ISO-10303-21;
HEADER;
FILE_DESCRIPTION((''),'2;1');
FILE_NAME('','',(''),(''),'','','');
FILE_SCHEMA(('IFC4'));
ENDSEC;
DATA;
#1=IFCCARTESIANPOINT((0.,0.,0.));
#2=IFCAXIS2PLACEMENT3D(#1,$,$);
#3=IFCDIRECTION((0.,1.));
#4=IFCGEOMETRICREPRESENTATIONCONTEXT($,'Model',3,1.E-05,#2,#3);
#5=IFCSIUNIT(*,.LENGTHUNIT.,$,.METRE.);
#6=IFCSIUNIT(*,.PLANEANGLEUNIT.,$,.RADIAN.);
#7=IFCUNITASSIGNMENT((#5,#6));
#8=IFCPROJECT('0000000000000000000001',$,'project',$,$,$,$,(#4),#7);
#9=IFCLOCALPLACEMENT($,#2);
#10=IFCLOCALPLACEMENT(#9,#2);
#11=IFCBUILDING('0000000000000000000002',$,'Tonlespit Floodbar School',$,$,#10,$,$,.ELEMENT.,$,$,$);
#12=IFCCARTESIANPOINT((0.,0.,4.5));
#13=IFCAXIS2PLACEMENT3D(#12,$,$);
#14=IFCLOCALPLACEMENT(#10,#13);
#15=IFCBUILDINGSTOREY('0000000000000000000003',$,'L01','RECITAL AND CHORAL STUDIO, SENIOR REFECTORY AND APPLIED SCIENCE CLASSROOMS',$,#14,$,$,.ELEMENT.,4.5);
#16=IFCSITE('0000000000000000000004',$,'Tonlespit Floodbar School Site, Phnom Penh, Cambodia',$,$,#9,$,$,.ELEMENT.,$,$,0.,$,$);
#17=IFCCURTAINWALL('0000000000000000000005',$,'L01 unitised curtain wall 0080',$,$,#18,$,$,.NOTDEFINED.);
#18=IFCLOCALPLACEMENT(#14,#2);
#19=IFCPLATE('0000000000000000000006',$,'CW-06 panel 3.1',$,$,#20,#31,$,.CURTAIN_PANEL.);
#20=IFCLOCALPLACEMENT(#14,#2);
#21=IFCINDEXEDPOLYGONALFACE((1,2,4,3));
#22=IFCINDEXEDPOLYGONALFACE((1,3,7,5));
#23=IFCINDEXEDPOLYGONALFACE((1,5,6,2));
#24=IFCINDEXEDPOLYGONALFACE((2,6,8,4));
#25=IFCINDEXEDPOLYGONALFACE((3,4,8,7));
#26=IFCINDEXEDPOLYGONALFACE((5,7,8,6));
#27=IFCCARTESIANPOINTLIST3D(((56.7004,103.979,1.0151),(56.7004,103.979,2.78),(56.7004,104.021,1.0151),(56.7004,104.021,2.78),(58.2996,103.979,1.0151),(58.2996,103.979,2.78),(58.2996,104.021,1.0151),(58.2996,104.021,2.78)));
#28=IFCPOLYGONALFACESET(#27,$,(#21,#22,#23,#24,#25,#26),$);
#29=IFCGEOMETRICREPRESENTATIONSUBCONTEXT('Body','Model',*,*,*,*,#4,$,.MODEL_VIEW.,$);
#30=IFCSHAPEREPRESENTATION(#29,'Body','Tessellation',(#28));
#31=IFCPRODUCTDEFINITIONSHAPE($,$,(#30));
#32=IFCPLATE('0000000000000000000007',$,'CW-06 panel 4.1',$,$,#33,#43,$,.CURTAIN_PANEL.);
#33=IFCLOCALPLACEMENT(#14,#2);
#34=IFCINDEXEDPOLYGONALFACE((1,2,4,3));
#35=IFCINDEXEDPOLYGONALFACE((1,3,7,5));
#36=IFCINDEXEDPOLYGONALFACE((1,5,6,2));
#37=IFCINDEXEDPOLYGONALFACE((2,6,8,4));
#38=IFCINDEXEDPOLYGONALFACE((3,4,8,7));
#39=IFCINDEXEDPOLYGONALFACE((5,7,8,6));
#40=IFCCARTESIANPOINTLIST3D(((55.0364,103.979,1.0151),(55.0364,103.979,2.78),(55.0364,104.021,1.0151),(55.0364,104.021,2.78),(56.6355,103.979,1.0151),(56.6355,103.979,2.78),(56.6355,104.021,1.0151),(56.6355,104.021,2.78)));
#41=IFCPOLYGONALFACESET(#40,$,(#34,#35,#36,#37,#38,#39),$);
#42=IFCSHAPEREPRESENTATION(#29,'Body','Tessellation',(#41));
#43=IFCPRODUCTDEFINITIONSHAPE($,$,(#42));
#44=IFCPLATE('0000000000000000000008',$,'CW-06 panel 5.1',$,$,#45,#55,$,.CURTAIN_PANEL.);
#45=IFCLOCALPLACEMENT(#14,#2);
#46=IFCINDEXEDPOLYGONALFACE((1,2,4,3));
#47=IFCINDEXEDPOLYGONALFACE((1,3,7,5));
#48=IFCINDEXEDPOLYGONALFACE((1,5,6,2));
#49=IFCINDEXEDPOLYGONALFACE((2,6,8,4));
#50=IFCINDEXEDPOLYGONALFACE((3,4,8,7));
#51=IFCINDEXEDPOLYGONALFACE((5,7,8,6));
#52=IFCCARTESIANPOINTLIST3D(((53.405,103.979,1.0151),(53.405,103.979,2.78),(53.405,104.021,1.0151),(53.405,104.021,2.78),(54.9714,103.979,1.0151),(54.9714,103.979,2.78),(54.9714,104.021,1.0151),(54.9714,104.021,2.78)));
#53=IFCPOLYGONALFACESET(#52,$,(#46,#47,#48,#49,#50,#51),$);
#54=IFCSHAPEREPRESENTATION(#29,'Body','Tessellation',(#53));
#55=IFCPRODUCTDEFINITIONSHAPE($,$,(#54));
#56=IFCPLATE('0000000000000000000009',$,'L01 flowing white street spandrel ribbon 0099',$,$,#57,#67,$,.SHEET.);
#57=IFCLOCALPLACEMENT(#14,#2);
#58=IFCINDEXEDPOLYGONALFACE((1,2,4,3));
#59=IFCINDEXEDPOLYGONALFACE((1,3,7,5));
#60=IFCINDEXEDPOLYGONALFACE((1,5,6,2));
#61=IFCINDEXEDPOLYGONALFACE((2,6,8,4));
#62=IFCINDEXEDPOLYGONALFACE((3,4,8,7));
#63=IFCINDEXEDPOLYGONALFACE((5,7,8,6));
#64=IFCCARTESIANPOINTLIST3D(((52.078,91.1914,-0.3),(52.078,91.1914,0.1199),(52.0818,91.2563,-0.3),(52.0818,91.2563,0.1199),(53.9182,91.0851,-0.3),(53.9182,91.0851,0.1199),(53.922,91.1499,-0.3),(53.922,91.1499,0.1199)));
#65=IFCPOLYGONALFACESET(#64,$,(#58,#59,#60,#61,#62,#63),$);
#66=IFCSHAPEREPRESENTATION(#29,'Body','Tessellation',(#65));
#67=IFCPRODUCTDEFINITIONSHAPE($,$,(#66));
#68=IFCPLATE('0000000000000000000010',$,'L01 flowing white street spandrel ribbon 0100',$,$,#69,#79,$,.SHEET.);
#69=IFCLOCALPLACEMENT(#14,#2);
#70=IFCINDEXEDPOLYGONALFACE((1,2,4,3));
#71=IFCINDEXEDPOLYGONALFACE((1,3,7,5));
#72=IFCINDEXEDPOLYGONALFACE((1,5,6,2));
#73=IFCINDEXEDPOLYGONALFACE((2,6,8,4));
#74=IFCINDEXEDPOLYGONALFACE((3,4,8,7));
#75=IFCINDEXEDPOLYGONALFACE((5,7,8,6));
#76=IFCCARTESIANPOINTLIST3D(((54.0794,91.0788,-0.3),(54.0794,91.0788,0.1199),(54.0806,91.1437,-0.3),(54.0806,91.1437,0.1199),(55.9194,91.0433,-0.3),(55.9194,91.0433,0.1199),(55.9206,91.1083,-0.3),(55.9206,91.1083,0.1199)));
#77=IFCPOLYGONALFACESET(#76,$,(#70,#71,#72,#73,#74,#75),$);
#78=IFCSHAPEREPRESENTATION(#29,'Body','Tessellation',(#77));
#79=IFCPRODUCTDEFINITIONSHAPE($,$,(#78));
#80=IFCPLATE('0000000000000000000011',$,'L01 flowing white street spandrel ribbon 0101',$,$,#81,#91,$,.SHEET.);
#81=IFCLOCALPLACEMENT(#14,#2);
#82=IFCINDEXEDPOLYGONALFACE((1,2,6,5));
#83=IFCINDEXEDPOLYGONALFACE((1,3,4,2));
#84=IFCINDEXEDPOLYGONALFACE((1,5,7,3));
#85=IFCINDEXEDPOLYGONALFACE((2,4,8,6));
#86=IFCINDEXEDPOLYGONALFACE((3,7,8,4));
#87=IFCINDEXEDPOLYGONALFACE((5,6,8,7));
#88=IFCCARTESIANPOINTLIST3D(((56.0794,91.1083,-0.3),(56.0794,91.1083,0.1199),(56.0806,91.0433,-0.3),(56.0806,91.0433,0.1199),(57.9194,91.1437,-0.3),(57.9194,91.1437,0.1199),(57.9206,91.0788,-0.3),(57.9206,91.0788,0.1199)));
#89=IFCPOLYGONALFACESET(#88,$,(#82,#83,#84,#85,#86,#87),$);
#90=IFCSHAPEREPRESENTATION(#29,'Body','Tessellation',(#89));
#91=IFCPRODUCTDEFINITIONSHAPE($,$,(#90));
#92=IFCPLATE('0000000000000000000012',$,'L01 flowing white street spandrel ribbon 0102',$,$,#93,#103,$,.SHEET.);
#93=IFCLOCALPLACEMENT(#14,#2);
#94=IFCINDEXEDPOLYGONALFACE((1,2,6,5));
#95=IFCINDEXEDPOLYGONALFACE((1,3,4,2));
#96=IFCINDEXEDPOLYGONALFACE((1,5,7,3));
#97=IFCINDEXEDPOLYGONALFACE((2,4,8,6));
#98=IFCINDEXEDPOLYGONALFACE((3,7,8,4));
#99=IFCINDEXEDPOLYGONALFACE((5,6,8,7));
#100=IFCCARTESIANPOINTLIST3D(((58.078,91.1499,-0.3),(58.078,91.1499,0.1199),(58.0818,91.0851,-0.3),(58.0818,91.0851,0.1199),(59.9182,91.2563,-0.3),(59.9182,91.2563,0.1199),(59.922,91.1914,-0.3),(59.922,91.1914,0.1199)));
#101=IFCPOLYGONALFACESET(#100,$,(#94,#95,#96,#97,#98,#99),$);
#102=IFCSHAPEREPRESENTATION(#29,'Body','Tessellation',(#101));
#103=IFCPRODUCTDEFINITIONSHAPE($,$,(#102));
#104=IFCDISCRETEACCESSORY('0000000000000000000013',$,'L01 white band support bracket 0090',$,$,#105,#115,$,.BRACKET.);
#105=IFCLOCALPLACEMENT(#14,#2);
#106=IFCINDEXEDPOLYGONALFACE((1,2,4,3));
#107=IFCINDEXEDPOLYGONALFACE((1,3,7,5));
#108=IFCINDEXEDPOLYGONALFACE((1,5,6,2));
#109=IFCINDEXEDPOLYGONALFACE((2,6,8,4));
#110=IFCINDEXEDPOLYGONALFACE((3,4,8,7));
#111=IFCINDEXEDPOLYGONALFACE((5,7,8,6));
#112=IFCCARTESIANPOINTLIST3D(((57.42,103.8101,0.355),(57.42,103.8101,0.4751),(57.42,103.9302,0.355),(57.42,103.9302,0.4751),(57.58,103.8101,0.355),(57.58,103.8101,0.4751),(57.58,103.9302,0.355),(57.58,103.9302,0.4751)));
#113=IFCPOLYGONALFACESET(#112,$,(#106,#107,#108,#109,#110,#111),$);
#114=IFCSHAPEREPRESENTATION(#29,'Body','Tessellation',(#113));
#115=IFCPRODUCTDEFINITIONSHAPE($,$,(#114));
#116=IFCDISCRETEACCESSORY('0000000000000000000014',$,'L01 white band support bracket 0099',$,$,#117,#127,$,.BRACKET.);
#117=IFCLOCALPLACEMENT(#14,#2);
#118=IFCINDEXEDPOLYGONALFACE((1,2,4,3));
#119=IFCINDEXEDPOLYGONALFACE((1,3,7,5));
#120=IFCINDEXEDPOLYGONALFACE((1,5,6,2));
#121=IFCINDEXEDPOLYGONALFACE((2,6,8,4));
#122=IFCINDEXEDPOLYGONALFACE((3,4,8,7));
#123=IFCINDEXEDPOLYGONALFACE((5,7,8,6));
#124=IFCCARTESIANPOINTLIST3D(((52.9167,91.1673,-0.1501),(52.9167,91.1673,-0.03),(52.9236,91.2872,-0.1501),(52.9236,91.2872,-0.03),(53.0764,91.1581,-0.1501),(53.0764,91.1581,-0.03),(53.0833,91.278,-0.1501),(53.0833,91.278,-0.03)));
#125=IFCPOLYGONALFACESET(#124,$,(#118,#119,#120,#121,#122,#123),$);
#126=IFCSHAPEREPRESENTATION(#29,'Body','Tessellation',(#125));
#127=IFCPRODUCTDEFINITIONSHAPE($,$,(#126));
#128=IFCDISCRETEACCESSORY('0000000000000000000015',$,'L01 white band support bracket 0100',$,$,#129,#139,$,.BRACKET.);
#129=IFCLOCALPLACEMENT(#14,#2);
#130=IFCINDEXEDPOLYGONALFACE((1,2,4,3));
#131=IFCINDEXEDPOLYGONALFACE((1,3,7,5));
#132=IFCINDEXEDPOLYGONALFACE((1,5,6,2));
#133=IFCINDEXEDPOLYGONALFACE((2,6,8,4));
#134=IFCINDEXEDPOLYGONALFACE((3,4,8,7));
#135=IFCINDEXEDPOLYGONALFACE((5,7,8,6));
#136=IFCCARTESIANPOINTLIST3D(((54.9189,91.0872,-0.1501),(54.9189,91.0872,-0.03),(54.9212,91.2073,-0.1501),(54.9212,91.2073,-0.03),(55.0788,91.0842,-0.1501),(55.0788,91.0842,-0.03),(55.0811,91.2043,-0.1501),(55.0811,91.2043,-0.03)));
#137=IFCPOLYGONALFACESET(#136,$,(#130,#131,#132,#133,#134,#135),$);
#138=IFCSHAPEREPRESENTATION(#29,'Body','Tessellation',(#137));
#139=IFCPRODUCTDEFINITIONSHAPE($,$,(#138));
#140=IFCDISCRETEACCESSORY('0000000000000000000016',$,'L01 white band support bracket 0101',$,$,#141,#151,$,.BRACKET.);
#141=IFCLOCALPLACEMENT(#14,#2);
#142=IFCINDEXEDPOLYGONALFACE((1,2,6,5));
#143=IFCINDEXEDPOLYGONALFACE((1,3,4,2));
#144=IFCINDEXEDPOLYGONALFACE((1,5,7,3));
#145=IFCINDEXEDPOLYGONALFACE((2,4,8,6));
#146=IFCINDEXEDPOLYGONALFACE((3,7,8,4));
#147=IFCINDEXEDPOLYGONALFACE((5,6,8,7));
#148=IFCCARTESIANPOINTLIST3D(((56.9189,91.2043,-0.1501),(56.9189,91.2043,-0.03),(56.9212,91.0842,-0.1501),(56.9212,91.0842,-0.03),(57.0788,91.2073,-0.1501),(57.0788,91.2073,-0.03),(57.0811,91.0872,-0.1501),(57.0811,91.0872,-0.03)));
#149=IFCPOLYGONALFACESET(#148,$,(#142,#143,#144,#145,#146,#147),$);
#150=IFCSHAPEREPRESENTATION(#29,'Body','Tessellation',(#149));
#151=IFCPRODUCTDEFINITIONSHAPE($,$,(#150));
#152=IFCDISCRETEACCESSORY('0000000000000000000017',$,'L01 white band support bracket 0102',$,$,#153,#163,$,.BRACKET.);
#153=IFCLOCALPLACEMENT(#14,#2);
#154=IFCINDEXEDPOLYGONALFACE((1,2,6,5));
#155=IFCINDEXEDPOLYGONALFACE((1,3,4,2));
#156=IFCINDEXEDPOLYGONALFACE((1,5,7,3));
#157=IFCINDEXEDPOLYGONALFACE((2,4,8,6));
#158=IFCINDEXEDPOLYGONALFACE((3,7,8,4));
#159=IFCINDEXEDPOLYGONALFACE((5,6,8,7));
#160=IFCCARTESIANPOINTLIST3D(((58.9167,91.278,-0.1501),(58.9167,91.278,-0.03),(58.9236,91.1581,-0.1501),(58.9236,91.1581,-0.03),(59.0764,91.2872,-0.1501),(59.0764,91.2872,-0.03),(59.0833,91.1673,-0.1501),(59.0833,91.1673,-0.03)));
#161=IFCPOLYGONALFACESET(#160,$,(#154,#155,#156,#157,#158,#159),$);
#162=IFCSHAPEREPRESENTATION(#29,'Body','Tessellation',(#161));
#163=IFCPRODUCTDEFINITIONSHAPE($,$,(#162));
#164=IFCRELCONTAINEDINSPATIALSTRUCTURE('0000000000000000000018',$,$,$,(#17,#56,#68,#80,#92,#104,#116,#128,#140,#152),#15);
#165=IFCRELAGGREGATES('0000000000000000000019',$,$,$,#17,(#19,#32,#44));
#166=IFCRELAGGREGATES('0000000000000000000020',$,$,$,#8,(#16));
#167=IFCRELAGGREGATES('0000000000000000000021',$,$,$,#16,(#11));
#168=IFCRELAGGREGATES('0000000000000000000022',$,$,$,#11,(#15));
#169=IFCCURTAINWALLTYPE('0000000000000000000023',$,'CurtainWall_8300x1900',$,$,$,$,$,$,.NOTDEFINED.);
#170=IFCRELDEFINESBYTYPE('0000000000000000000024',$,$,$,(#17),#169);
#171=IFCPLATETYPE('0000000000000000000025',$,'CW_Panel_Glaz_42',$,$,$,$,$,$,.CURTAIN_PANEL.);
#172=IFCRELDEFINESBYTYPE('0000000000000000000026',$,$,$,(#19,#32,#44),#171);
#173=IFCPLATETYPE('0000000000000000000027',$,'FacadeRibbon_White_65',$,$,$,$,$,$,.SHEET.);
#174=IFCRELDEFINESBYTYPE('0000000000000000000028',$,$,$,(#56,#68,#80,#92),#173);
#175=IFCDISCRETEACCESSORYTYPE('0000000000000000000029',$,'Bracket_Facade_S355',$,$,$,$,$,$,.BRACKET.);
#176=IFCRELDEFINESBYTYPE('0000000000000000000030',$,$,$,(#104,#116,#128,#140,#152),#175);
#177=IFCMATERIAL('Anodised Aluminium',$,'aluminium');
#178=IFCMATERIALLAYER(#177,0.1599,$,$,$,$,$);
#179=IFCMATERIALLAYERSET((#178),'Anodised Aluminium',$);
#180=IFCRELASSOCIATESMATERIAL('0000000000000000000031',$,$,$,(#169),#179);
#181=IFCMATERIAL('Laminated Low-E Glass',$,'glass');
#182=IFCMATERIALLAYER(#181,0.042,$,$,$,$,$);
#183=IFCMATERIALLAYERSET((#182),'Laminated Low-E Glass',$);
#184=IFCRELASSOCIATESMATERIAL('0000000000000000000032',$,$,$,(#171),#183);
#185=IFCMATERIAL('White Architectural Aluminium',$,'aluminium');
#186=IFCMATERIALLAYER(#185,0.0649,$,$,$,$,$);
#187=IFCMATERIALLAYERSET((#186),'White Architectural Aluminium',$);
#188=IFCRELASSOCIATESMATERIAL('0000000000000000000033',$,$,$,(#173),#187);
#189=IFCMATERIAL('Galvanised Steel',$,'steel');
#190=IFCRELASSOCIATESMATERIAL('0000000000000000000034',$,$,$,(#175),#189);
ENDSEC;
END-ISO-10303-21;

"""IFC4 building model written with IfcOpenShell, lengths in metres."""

from ifc_helpers import new_model, si_unit, direction, frame, origin, origin_2d, place, context, subcontext, project, spatial, rectangle, extrude, material, layer, layer_set, type_object, element, aggregate, save


model = new_model("IFC4")

# Units and contexts
model_context = context("Model", 3, precision=1e-05, world=origin(), true_north=direction((0.0, 1.0)))
body_context = subcontext(model_context, "Body", "Model", "MODEL_VIEW")
ifc_project = project(units=[si_unit("LENGTHUNIT", "METRE"), si_unit("PLANEANGLEUNIT", "RADIAN")], contexts=[model_context])

# Site, building, storey
site_placement = place(None, origin())
site = spatial("IfcSite", under=ifc_project, at=site_placement, Name="Tonlespit Floodbar School Site, Phnom Penh, Cambodia", CompositionType="ELEMENT", RefElevation=0.0)
building_placement = place(site_placement, origin())
building = spatial("IfcBuilding", under=site, at=building_placement, Name="Tonlespit Floodbar School", CompositionType="ELEMENT")
storey_placement = place(building_placement, frame((0.0, 0.0, 4.5)))
storey = spatial("IfcBuildingStorey", under=building, at=storey_placement, Name="L01", Description="RECITAL AND CHORAL STUDIO, SENIOR REFECTORY AND APPLIED SCIENCE CLASSROOMS", CompositionType="ELEMENT", Elevation=4.5)

# Curtain wall
ifc_material_1 = material(Name="Anodised Aluminium", Category="aluminium")
ifc_layer_1 = layer(ifc_material_1, 0.1599)
ifc_layer_set_1 = layer_set([ifc_layer_1], Name="Anodised Aluminium")
curtain_wall_type = type_object("IfcCurtainWallType", Name="CurtainWall_8300x1900", PredefinedType="NOTDEFINED", material=ifc_layer_set_1)
curtain_wall_placement = place(storey_placement, origin())
curtain_wall = element("IfcCurtainWall", 1, at=curtain_wall_placement, inside=storey, type_object=curtain_wall_type, Name="L01 unitised curtain wall 0080", PredefinedType="NOTDEFINED")

# Plates
ifc_material_2 = material(Name="Laminated Low-E Glass", Category="glass")
ifc_layer_2 = layer(ifc_material_2, 0.042)
ifc_layer_set_2 = layer_set([ifc_layer_2], Name="Laminated Low-E Glass")
plate_type_1 = type_object("IfcPlateType", Name="CW_Panel_Glaz_42", PredefinedType="CURTAIN_PANEL", material=ifc_layer_set_2)
plate_1_placement = place(storey_placement, frame((57.5, 104.0, 1.0151), z_axis=(0.0, 0.0, 1.0), x_axis=(-1.0, 0.0, 0.0)))
plate_1 = element("IfcPlate", 2, at=plate_1_placement, type_object=plate_type_1, Name="CW-06 panel 3.1", PredefinedType="CURTAIN_PANEL", context=body_context, shape_type="SweptSolid", body=[
    extrude(rectangle(XDim=1.5991, YDim=0.042, at=origin_2d()), origin(), (0.0, 0.0, 1.0), 1.7649),
])
plate_2_placement = place(storey_placement, frame((55.8359, 104.0, 1.0151), z_axis=(0.0, 0.0, 1.0), x_axis=(-1.0, 0.0, 0.0)))
plate_2 = element("IfcPlate", 3, at=plate_2_placement, type_object=plate_type_1, Name="CW-06 panel 4.1", PredefinedType="CURTAIN_PANEL", context=body_context, shape_type="SweptSolid", body=[
    extrude(rectangle(XDim=1.5991, YDim=0.042, at=origin_2d()), origin(), (0.0, 0.0, 1.0), 1.7649),
])
plate_3_placement = place(storey_placement, frame((54.1882, 104.0, 1.0151), z_axis=(0.0, 0.0, 1.0), x_axis=(-1.0, 0.0, 0.0)))
plate_3 = element("IfcPlate", 4, at=plate_3_placement, type_object=plate_type_1, Name="CW-06 panel 5.1", PredefinedType="CURTAIN_PANEL", context=body_context, shape_type="SweptSolid", body=[
    extrude(rectangle(XDim=1.5664, YDim=0.042, at=origin_2d()), origin(), (0.0, 0.0, 1.0), 1.7649),
])
aggregate(curtain_wall, [plate_1, plate_2, plate_3])

# Plates
ifc_material_3 = material(Name="White Architectural Aluminium", Category="aluminium")
ifc_layer_3 = layer(ifc_material_3, 0.0649)
ifc_layer_set_3 = layer_set([ifc_layer_3], Name="White Architectural Aluminium")
plate_type_2 = type_object("IfcPlateType", Name="FacadeRibbon_White_65", PredefinedType="SHEET", material=ifc_layer_set_3)
plate_4_placement = place(storey_placement, frame((53.0, 91.1707, -0.3), z_axis=(0.0, 0.0, 1.0), x_axis=(0.998334, -0.057703, 0.0)))
element("IfcPlate", 5, at=plate_4_placement, inside=storey, type_object=plate_type_2, Name="L01 flowing white street spandrel ribbon 0099", PredefinedType="SHEET", context=body_context, shape_type="SweptSolid", body=[
    extrude(rectangle(XDim=1.8433, YDim=0.0649, at=origin_2d()), origin(), (0.0, 0.0, 1.0), 0.4199),
])
for number, where, z_axis, x_axis, name in (
    (6, (55.0, 91.0935, -0.3), (0.0, 0.0, 1.0), (0.999815, -0.019246, 0.0), "L01 flowing white street spandrel ribbon 0100"),
    (7, (57.0, 91.0935, -0.3), (0.0, 0.0, 1.0), (0.999815, 0.019246, 0.0), "L01 flowing white street spandrel ribbon 0101"),
):
    element("IfcPlate", number, at=place(storey_placement, frame(where, z_axis=z_axis, x_axis=x_axis)), inside=storey, type_object=plate_type_2, Name=name, PredefinedType="SHEET", context=body_context, shape_type="SweptSolid", body=[
        extrude(rectangle(XDim=1.8403, YDim=0.0649, at=origin_2d()), origin(), (0.0, 0.0, 1.0), 0.4199),
    ])
plate_5_placement = place(storey_placement, frame((59.0, 91.1707, -0.3), z_axis=(0.0, 0.0, 1.0), x_axis=(0.998334, 0.057703, 0.0)))
element("IfcPlate", 8, at=plate_5_placement, inside=storey, type_object=plate_type_2, Name="L01 flowing white street spandrel ribbon 0102", PredefinedType="SHEET", context=body_context, shape_type="SweptSolid", body=[
    extrude(rectangle(XDim=1.8433, YDim=0.0649, at=origin_2d()), origin(), (0.0, 0.0, 1.0), 0.4199),
])

# Shared definitions
ifc_material_4 = material(Name="Galvanised Steel", Category="steel")

# Discrete accessories
discrete_accessory_type = type_object("IfcDiscreteAccessoryType", Name="Bracket_Facade_S355", PredefinedType="BRACKET", material=ifc_material_4)
for number, where, z_axis, x_axis, name in (
    (9, (57.5, 103.8701, 0.355), (0.0, 0.0, 1.0), (-1.0, 0.0, 0.0), "L01 white band support bracket 0090"),
    (10, (53.0, 91.2227, -0.1501), (0.0, 0.0, 1.0), (0.998334, -0.057703, 0.0), "L01 white band support bracket 0099"),
    (11, (55.0, 91.1458, -0.1501), (0.0, 0.0, 1.0), (0.999815, -0.019246, 0.0), "L01 white band support bracket 0100"),
    (12, (57.0, 91.1458, -0.1501), (0.0, 0.0, 1.0), (0.999815, 0.019246, 0.0), "L01 white band support bracket 0101"),
    (13, (59.0, 91.2227, -0.1501), (0.0, 0.0, 1.0), (0.998334, 0.057703, 0.0), "L01 white band support bracket 0102"),
):
    element("IfcDiscreteAccessory", number, at=place(storey_placement, frame(where, z_axis=z_axis, x_axis=x_axis)), inside=storey, type_object=discrete_accessory_type, Name=name, PredefinedType="BRACKET", context=body_context, shape_type="SweptSolid", body=[
        extrude(rectangle(XDim=0.1599, YDim=0.1201, at=origin_2d()), origin(), (0.0, 0.0, 1.0), 0.1201),
    ])

save(model, "model.ifc")
